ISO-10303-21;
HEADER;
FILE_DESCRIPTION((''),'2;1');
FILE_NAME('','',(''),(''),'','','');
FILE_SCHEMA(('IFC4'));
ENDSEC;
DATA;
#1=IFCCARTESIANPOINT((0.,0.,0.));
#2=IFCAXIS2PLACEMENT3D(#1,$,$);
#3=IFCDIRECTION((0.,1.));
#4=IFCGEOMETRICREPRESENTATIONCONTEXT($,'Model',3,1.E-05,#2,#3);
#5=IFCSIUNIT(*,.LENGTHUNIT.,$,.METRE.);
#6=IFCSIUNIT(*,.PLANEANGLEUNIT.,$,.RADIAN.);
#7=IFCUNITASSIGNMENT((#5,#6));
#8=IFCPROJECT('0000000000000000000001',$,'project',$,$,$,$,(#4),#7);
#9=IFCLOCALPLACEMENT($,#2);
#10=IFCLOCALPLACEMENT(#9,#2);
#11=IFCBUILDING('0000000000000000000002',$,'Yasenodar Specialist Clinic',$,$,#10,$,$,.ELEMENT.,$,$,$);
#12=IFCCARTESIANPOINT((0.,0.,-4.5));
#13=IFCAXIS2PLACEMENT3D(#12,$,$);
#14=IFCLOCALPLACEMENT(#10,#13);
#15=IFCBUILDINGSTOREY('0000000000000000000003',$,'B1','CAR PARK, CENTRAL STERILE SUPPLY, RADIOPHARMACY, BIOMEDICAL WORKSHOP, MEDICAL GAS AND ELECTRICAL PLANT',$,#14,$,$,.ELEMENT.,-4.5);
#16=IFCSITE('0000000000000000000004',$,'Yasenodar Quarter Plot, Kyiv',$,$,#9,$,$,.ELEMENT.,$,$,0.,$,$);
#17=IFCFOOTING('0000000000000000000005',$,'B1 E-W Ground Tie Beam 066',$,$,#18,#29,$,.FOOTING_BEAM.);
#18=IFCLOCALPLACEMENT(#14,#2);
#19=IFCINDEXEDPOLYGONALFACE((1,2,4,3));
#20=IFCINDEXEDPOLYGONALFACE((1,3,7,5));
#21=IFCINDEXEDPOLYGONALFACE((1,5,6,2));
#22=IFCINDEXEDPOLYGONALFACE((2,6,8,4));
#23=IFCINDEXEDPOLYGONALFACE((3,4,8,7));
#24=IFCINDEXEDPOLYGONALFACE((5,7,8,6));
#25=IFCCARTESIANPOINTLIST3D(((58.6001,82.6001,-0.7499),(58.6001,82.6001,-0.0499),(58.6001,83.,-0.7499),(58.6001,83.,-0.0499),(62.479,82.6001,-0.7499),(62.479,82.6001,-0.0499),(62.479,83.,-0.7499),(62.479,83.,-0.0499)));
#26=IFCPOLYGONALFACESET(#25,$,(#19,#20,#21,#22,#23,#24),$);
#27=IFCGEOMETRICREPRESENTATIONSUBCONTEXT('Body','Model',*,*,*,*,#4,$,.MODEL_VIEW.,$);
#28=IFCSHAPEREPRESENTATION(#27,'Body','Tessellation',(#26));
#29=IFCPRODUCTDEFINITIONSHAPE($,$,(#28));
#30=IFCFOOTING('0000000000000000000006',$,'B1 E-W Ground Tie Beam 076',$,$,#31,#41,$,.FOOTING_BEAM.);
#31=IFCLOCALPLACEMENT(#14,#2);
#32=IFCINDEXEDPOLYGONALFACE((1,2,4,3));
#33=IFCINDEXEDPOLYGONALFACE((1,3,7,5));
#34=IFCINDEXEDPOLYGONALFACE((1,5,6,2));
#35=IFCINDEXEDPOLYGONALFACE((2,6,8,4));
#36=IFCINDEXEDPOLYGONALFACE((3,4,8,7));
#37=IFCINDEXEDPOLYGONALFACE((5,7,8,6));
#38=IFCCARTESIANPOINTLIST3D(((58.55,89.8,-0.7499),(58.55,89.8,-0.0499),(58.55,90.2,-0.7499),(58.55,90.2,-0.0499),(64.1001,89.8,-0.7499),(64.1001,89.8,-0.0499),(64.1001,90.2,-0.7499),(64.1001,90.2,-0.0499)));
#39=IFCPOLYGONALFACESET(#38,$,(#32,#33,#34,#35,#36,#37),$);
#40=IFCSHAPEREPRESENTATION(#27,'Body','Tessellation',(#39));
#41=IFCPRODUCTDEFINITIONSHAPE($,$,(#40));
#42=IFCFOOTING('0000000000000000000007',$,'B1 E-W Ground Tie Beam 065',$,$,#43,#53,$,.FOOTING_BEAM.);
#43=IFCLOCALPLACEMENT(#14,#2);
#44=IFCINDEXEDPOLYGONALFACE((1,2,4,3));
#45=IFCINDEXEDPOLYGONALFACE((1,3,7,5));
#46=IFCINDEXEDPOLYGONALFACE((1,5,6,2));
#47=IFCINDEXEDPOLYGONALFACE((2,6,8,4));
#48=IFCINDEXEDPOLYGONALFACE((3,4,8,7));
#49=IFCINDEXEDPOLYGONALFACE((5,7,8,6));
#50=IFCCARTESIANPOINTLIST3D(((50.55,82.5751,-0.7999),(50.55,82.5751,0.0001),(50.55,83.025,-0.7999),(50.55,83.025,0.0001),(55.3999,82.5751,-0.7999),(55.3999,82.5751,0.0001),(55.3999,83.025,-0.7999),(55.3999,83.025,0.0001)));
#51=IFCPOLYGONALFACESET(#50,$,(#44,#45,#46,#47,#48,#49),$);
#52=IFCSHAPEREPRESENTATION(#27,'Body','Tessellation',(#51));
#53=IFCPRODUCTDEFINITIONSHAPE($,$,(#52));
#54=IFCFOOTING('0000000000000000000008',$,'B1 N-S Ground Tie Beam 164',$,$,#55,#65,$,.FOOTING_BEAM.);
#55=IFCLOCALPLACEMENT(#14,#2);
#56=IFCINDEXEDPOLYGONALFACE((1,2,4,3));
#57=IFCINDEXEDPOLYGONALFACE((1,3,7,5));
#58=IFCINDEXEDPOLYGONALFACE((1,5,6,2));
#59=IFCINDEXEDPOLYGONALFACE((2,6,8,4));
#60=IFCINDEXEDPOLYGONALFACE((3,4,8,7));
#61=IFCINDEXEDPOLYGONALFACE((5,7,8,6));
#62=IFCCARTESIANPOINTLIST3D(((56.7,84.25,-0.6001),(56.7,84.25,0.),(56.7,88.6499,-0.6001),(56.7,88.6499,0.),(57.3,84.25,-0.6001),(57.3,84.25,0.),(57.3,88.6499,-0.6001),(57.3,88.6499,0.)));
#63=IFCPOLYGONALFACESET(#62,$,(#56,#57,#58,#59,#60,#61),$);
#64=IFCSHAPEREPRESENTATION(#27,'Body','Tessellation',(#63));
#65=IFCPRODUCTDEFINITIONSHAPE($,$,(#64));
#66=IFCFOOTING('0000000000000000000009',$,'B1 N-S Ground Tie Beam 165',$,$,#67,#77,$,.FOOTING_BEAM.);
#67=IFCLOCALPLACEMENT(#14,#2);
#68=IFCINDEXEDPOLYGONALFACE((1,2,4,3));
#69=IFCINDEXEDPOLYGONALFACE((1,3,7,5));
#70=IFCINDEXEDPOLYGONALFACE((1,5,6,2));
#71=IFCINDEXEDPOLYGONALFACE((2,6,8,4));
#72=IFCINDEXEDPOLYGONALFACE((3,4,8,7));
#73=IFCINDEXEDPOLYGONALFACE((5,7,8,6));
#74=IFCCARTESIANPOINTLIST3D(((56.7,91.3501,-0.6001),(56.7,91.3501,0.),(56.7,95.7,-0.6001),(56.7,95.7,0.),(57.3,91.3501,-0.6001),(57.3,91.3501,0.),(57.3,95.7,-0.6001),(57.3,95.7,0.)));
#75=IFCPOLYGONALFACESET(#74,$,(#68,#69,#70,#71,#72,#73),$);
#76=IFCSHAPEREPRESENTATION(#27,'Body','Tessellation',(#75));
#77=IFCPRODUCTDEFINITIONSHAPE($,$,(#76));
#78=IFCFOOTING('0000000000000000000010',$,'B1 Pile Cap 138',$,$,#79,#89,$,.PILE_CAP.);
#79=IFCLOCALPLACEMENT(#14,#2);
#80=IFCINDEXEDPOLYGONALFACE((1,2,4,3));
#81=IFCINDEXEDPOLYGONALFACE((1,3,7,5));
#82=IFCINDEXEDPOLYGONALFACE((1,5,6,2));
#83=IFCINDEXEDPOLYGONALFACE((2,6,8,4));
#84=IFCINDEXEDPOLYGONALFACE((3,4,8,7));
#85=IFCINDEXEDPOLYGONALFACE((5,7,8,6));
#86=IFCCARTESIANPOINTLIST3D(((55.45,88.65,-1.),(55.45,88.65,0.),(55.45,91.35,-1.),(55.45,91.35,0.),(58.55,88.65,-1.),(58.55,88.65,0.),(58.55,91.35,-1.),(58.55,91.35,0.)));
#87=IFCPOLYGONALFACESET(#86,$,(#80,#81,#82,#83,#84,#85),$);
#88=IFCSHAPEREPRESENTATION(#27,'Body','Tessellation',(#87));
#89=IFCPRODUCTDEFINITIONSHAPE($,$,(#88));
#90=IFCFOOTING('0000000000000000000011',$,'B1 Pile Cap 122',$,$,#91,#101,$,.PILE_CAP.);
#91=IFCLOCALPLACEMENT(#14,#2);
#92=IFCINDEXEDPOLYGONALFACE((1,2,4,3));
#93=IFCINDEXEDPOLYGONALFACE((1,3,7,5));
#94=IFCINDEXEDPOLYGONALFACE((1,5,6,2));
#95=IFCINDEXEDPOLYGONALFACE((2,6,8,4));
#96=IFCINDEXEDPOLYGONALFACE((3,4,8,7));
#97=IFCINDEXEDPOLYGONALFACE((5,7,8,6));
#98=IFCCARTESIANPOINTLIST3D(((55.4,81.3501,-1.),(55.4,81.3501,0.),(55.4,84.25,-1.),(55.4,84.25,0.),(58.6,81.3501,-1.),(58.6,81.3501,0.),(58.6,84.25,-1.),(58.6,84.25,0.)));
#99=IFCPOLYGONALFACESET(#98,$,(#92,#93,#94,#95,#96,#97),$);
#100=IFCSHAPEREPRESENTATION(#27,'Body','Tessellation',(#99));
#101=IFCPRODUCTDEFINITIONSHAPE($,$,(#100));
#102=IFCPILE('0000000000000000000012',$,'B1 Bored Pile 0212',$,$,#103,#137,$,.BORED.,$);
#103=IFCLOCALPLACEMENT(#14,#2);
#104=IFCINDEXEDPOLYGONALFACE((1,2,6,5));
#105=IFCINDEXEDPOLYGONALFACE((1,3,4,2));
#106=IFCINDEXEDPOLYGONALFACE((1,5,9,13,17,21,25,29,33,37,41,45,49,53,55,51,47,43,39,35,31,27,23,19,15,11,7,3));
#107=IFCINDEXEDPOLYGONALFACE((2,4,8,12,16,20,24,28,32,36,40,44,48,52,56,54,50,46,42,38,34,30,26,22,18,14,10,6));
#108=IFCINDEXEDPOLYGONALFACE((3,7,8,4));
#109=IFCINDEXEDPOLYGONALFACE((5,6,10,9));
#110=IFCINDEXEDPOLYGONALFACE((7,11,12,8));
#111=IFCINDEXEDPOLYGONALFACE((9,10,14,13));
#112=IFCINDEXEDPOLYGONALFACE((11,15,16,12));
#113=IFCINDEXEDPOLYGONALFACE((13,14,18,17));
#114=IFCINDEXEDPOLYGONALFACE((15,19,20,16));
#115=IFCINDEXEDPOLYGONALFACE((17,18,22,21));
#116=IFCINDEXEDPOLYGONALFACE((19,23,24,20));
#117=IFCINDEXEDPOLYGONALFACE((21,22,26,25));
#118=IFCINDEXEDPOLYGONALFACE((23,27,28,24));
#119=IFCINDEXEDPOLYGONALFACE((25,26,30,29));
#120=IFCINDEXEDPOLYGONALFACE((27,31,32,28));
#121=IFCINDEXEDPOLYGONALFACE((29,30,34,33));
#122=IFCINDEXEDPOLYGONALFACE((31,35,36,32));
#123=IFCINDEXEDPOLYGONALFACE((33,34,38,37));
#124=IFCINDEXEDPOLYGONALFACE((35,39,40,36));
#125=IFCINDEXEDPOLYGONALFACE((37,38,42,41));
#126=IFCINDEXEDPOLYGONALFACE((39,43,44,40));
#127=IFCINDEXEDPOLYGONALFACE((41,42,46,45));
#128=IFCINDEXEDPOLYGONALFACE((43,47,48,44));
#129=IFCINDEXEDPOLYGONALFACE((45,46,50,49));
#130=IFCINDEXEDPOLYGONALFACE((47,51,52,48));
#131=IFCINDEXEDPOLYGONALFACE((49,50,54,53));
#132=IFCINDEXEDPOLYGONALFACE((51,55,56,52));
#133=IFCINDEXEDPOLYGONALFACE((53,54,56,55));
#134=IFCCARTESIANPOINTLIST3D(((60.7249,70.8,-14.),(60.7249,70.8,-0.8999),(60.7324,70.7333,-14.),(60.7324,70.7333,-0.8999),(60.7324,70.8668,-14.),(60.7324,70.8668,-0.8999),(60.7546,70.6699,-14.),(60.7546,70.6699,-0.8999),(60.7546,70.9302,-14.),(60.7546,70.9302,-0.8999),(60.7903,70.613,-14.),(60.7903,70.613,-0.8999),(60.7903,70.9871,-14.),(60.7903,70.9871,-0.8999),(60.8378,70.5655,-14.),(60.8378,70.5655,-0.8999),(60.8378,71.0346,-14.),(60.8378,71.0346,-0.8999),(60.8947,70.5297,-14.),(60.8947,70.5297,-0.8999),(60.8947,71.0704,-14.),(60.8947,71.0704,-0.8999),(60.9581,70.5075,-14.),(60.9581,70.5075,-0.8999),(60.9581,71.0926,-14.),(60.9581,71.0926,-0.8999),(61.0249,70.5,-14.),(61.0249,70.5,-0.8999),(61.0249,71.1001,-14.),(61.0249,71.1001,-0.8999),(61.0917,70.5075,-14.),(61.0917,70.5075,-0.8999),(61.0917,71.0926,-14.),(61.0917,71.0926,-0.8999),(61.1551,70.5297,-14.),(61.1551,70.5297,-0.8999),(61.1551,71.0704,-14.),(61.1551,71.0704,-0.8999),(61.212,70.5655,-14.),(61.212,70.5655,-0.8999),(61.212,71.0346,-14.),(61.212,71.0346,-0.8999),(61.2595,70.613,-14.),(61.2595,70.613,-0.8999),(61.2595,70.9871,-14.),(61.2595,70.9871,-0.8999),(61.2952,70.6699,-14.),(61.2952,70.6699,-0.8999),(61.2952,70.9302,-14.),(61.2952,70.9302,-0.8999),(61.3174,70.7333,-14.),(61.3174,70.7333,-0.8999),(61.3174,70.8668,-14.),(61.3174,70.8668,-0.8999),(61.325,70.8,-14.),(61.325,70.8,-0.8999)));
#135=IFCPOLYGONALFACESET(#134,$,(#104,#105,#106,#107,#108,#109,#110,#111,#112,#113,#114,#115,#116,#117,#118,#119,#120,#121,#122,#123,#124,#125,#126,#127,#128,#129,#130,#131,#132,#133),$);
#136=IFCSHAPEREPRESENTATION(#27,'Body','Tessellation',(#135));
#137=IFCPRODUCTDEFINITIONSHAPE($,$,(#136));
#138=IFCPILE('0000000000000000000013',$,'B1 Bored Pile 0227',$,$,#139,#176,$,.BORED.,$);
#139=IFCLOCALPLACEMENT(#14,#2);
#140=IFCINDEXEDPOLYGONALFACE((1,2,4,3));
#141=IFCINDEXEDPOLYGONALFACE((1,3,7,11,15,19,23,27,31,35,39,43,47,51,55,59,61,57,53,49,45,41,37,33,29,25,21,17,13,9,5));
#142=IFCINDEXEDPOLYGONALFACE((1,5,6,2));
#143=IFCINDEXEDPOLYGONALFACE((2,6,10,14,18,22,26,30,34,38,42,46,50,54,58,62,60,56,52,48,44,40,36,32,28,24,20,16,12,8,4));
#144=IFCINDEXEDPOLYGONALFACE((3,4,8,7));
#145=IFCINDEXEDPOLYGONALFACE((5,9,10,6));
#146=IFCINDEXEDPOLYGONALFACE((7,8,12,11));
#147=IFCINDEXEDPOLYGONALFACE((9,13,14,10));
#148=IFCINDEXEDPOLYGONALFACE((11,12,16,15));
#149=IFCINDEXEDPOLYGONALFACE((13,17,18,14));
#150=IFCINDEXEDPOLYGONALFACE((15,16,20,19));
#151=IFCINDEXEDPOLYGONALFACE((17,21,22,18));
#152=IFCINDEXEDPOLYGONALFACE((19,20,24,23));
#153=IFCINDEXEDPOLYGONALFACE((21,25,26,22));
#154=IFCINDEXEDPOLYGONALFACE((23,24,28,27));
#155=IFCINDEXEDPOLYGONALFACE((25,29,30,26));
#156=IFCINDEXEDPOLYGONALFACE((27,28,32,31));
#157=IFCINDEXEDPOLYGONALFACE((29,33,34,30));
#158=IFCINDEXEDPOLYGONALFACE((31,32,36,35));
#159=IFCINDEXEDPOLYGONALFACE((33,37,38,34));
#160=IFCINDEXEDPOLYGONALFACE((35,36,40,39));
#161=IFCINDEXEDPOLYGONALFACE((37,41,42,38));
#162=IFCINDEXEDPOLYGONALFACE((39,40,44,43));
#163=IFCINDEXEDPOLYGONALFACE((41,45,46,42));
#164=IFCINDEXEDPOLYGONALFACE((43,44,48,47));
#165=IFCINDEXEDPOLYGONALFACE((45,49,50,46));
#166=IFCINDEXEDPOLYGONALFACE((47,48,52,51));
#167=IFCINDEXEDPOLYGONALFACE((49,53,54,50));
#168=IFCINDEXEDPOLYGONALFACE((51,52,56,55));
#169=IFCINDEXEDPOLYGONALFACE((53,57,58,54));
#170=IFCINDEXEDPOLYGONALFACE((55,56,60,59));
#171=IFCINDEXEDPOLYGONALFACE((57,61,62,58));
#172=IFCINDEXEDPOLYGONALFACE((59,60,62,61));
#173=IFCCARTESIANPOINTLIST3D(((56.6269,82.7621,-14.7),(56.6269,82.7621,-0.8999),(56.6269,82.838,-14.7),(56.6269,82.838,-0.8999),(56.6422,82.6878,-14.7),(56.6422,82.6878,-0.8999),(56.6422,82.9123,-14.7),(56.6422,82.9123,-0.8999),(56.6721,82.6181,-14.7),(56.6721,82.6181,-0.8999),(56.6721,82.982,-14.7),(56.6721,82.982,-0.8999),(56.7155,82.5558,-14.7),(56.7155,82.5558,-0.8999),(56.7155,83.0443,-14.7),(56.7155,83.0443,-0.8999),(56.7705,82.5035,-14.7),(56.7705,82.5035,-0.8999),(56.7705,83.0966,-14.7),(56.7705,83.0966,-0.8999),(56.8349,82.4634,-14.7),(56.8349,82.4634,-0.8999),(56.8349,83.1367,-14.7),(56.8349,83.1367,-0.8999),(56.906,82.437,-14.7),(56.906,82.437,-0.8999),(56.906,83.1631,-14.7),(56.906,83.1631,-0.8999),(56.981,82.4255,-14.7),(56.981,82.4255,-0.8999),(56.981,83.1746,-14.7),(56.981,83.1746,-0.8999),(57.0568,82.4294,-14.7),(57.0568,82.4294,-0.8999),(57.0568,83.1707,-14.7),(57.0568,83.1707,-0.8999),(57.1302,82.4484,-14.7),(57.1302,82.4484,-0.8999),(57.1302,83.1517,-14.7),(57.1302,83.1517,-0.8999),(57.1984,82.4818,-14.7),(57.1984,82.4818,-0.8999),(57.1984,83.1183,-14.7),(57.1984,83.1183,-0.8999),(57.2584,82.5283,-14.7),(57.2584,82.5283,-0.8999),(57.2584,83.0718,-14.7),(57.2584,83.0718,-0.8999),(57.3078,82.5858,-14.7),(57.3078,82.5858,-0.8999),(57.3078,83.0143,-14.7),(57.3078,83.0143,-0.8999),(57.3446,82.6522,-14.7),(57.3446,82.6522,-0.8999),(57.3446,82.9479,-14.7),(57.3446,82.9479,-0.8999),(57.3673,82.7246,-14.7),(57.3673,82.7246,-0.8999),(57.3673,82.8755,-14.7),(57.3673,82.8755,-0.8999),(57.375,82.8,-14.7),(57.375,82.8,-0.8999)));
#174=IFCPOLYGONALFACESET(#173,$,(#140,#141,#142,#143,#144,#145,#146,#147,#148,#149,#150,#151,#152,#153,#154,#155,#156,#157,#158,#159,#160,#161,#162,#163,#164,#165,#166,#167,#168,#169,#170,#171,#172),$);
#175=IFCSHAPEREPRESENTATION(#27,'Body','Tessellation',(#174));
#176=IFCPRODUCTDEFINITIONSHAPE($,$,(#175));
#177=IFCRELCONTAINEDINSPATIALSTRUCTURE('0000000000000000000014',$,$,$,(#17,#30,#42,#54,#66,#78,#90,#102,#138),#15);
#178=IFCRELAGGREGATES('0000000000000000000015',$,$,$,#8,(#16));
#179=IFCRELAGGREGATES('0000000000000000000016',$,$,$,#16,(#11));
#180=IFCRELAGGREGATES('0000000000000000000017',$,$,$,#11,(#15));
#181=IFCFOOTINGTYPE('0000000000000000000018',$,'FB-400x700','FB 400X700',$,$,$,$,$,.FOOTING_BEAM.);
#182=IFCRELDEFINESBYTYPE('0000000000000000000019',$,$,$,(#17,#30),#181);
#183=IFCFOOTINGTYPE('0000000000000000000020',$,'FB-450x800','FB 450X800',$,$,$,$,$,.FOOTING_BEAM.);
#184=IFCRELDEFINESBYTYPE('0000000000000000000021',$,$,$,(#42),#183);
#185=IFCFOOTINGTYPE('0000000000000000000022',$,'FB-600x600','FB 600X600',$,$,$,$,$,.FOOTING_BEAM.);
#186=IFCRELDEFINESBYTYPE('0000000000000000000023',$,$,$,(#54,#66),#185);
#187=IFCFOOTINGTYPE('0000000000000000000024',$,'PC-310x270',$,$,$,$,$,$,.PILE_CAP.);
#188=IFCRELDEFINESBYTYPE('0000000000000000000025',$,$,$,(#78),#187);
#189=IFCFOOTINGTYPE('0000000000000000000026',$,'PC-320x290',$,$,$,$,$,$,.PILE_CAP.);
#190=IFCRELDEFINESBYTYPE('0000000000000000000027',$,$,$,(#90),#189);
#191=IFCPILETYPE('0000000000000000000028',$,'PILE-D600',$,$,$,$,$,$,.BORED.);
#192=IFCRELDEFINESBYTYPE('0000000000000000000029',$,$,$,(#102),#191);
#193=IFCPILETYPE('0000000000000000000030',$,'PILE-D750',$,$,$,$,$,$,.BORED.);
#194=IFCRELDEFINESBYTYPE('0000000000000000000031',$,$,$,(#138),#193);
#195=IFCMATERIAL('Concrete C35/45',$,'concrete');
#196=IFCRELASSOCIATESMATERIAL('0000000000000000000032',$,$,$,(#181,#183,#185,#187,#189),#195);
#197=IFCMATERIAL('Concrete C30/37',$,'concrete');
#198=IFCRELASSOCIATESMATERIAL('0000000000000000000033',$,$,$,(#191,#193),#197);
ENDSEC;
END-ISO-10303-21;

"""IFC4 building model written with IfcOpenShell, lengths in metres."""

from ifc_helpers import new_model, si_unit, direction, frame, origin, origin_2d, place, context, subcontext, project, spatial, rectangle, circle, extrude, material, material_profile, profile_set, type_object, element, save


model = new_model("IFC4")

# Units and contexts
model_context = context("Model", 3, precision=1e-05, world=origin(), true_north=direction((0.0, 1.0)))
body_context = subcontext(model_context, "Body", "Model", "MODEL_VIEW")
ifc_project = project(units=[si_unit("LENGTHUNIT", "METRE"), si_unit("PLANEANGLEUNIT", "RADIAN")], contexts=[model_context])

# Site, building, storey
site_placement = place(None, origin())
site = spatial("IfcSite", under=ifc_project, at=site_placement, Name="Yasenodar Quarter Plot, Kyiv", CompositionType="ELEMENT", RefElevation=0.0)
building_placement = place(site_placement, origin())
building = spatial("IfcBuilding", under=site, at=building_placement, Name="Yasenodar Specialist Clinic", CompositionType="ELEMENT")
storey_placement = place(building_placement, frame((0.0, 0.0, -4.5)))
storey = spatial("IfcBuildingStorey", under=building, at=storey_placement, Name="B1", Description="CAR PARK, CENTRAL STERILE SUPPLY, RADIOPHARMACY, BIOMEDICAL WORKSHOP, MEDICAL GAS AND ELECTRICAL PLANT", CompositionType="ELEMENT", Elevation=-4.5)

# Footings
ifc_material_1 = material(Name="Concrete C35/45", Category="concrete")
ifc_material_profile_1 = material_profile(ifc_material_1, rectangle(XDim=0.3999, YDim=0.7, at=origin_2d()), Name="RC 400x700")
ifc_profile_set_1 = profile_set([ifc_material_profile_1], Name="Concrete C35/45")
footing_type_1 = type_object("IfcFootingType", Name="FB-400x700", Description="FB 400X700", PredefinedType="FOOTING_BEAM", material=ifc_profile_set_1)
footing_1_placement = place(storey_placement, frame((58.6001, 82.8, -0.3999), z_axis=(1.0, 0.0, 0.0), x_axis=(0.0, 1.0, 0.0)))
element("IfcFooting", 1, at=footing_1_placement, inside=storey, type_object=footing_type_1, Name="B1 E-W Ground Tie Beam 066", PredefinedType="FOOTING_BEAM", context=body_context, shape_type="SweptSolid", body=[
    extrude(rectangle(XDim=0.3999, YDim=0.7, at=origin_2d()), origin(), (0.0, 0.0, 1.0), 3.8789),
])
footing_2_placement = place(storey_placement, frame((58.55, 90.0, -0.3999), z_axis=(1.0, 0.0, 0.0), x_axis=(0.0, 1.0, 0.0)))
element("IfcFooting", 2, at=footing_2_placement, inside=storey, type_object=footing_type_1, Name="B1 E-W Ground Tie Beam 076", PredefinedType="FOOTING_BEAM", context=body_context, shape_type="SweptSolid", body=[
    extrude(rectangle(XDim=0.3999, YDim=0.7, at=origin_2d()), origin(), (0.0, 0.0, 1.0), 5.55),
])
ifc_material_profile_2 = material_profile(ifc_material_1, rectangle(XDim=0.45, YDim=0.8, at=origin_2d()), Name="RC 450x800")
ifc_profile_set_2 = profile_set([ifc_material_profile_2], Name="Concrete C35/45")
footing_type_2 = type_object("IfcFootingType", Name="FB-450x800", Description="FB 450X800", PredefinedType="FOOTING_BEAM", material=ifc_profile_set_2)
footing_3_placement = place(storey_placement, frame((50.55, 82.8, -0.3999), z_axis=(1.0, 0.0, 0.0), x_axis=(0.0, 1.0, 0.0)))
element("IfcFooting", 3, at=footing_3_placement, inside=storey, type_object=footing_type_2, Name="B1 E-W Ground Tie Beam 065", PredefinedType="FOOTING_BEAM", context=body_context, shape_type="SweptSolid", body=[
    extrude(rectangle(XDim=0.45, YDim=0.8, at=origin_2d()), origin(), (0.0, 0.0, 1.0), 4.8499),
])
ifc_material_profile_3 = material_profile(ifc_material_1, rectangle(XDim=0.6001, YDim=0.6001, at=origin_2d()), Name="RC 600x600")
ifc_profile_set_3 = profile_set([ifc_material_profile_3], Name="Concrete C35/45")
footing_type_3 = type_object("IfcFootingType", Name="FB-600x600", Description="FB 600X600", PredefinedType="FOOTING_BEAM", material=ifc_profile_set_3)
footing_4_placement = place(storey_placement, frame((57.0, 84.25, -0.3), z_axis=(0.0, 1.0, 0.0), x_axis=(-1.0, 0.0, 0.0)))
element("IfcFooting", 4, at=footing_4_placement, inside=storey, type_object=footing_type_3, Name="B1 N-S Ground Tie Beam 164", PredefinedType="FOOTING_BEAM", context=body_context, shape_type="SweptSolid", body=[
    extrude(rectangle(XDim=0.6001, YDim=0.6001, at=origin_2d()), origin(), (0.0, 0.0, 1.0), 4.3999),
])
footing_5_placement = place(storey_placement, frame((57.0, 91.3501, -0.3), z_axis=(0.0, 1.0, 0.0), x_axis=(-1.0, 0.0, 0.0)))
element("IfcFooting", 5, at=footing_5_placement, inside=storey, type_object=footing_type_3, Name="B1 N-S Ground Tie Beam 165", PredefinedType="FOOTING_BEAM", context=body_context, shape_type="SweptSolid", body=[
    extrude(rectangle(XDim=0.6001, YDim=0.6001, at=origin_2d()), origin(), (0.0, 0.0, 1.0), 4.3499),
])
footing_type_4 = type_object("IfcFootingType", Name="PC-310x270", PredefinedType="PILE_CAP", material=ifc_material_1)
footing_6_placement = place(storey_placement, frame((57.0, 90.0, -1.0), z_axis=(0.0, 0.0, 1.0), x_axis=(1.0, 0.0, 0.0)))
element("IfcFooting", 6, at=footing_6_placement, inside=storey, type_object=footing_type_4, Name="B1 Pile Cap 138", PredefinedType="PILE_CAP", context=body_context, shape_type="SweptSolid", body=[
    extrude(rectangle(XDim=3.1001, YDim=2.7, at=origin_2d()), origin(), (0.0, 0.0, 1.0), 1.0),
])
footing_type_5 = type_object("IfcFootingType", Name="PC-320x290", PredefinedType="PILE_CAP", material=ifc_material_1)
footing_7_placement = place(storey_placement, frame((57.0, 82.8, -1.0), z_axis=(0.0, 0.0, 1.0), x_axis=(1.0, 0.0, 0.0)))
element("IfcFooting", 7, at=footing_7_placement, inside=storey, type_object=footing_type_5, Name="B1 Pile Cap 122", PredefinedType="PILE_CAP", context=body_context, shape_type="SweptSolid", body=[
    extrude(rectangle(XDim=3.2, YDim=2.8999, at=origin_2d()), origin(), (0.0, 0.0, 1.0), 1.0),
])

# Piles
ifc_material_2 = material(Name="Concrete C30/37", Category="concrete")
ifc_material_profile_4 = material_profile(ifc_material_2, circle(Radius=0.3, at=origin_2d()), Name="PILE D600")
ifc_profile_set_4 = profile_set([ifc_material_profile_4], Name="Concrete C30/37")
pile_type_1 = type_object("IfcPileType", Name="PILE-D600", PredefinedType="BORED", material=ifc_profile_set_4)
pile_placement = place(storey_placement, frame((61.0249, 70.8, -0.8999), z_axis=(0.0, 0.0, -1.0), x_axis=(1.0, 0.0, 0.0)))
element("IfcPile", 8, at=pile_placement, inside=storey, type_object=pile_type_1, Name="B1 Bored Pile 0212", PredefinedType="BORED", context=body_context, shape_type="SweptSolid", body=[
    extrude(circle(Radius=0.3, at=origin_2d()), origin(), (0.0, 0.0, 1.0), 13.1001),
])
ifc_material_profile_5 = material_profile(ifc_material_2, circle(Radius=0.375, at=origin_2d()), Name="PILE D750")
ifc_profile_set_5 = profile_set([ifc_material_profile_5], Name="Concrete C30/37")
pile_type_2 = type_object("IfcPileType", Name="PILE-D750", PredefinedType="BORED", material=ifc_profile_set_5)
for number, where, z_axis, x_axis, name in (
    (9, (57.0, 82.8, -0.8999), (0.0, 0.0, -1.0), (1.0, 0.0, 0.0), "B1 Bored Pile 0227"),
):
    element("IfcPile", number, at=place(storey_placement, frame(where, z_axis=z_axis, x_axis=x_axis)), inside=storey, type_object=pile_type_2, Name=name, PredefinedType="BORED", context=body_context, shape_type="SweptSolid", body=[
        extrude(circle(Radius=0.375, at=origin_2d()), origin(), (0.0, 0.0, 1.0), 13.8),
    ])

save(model, "model.ifc")
